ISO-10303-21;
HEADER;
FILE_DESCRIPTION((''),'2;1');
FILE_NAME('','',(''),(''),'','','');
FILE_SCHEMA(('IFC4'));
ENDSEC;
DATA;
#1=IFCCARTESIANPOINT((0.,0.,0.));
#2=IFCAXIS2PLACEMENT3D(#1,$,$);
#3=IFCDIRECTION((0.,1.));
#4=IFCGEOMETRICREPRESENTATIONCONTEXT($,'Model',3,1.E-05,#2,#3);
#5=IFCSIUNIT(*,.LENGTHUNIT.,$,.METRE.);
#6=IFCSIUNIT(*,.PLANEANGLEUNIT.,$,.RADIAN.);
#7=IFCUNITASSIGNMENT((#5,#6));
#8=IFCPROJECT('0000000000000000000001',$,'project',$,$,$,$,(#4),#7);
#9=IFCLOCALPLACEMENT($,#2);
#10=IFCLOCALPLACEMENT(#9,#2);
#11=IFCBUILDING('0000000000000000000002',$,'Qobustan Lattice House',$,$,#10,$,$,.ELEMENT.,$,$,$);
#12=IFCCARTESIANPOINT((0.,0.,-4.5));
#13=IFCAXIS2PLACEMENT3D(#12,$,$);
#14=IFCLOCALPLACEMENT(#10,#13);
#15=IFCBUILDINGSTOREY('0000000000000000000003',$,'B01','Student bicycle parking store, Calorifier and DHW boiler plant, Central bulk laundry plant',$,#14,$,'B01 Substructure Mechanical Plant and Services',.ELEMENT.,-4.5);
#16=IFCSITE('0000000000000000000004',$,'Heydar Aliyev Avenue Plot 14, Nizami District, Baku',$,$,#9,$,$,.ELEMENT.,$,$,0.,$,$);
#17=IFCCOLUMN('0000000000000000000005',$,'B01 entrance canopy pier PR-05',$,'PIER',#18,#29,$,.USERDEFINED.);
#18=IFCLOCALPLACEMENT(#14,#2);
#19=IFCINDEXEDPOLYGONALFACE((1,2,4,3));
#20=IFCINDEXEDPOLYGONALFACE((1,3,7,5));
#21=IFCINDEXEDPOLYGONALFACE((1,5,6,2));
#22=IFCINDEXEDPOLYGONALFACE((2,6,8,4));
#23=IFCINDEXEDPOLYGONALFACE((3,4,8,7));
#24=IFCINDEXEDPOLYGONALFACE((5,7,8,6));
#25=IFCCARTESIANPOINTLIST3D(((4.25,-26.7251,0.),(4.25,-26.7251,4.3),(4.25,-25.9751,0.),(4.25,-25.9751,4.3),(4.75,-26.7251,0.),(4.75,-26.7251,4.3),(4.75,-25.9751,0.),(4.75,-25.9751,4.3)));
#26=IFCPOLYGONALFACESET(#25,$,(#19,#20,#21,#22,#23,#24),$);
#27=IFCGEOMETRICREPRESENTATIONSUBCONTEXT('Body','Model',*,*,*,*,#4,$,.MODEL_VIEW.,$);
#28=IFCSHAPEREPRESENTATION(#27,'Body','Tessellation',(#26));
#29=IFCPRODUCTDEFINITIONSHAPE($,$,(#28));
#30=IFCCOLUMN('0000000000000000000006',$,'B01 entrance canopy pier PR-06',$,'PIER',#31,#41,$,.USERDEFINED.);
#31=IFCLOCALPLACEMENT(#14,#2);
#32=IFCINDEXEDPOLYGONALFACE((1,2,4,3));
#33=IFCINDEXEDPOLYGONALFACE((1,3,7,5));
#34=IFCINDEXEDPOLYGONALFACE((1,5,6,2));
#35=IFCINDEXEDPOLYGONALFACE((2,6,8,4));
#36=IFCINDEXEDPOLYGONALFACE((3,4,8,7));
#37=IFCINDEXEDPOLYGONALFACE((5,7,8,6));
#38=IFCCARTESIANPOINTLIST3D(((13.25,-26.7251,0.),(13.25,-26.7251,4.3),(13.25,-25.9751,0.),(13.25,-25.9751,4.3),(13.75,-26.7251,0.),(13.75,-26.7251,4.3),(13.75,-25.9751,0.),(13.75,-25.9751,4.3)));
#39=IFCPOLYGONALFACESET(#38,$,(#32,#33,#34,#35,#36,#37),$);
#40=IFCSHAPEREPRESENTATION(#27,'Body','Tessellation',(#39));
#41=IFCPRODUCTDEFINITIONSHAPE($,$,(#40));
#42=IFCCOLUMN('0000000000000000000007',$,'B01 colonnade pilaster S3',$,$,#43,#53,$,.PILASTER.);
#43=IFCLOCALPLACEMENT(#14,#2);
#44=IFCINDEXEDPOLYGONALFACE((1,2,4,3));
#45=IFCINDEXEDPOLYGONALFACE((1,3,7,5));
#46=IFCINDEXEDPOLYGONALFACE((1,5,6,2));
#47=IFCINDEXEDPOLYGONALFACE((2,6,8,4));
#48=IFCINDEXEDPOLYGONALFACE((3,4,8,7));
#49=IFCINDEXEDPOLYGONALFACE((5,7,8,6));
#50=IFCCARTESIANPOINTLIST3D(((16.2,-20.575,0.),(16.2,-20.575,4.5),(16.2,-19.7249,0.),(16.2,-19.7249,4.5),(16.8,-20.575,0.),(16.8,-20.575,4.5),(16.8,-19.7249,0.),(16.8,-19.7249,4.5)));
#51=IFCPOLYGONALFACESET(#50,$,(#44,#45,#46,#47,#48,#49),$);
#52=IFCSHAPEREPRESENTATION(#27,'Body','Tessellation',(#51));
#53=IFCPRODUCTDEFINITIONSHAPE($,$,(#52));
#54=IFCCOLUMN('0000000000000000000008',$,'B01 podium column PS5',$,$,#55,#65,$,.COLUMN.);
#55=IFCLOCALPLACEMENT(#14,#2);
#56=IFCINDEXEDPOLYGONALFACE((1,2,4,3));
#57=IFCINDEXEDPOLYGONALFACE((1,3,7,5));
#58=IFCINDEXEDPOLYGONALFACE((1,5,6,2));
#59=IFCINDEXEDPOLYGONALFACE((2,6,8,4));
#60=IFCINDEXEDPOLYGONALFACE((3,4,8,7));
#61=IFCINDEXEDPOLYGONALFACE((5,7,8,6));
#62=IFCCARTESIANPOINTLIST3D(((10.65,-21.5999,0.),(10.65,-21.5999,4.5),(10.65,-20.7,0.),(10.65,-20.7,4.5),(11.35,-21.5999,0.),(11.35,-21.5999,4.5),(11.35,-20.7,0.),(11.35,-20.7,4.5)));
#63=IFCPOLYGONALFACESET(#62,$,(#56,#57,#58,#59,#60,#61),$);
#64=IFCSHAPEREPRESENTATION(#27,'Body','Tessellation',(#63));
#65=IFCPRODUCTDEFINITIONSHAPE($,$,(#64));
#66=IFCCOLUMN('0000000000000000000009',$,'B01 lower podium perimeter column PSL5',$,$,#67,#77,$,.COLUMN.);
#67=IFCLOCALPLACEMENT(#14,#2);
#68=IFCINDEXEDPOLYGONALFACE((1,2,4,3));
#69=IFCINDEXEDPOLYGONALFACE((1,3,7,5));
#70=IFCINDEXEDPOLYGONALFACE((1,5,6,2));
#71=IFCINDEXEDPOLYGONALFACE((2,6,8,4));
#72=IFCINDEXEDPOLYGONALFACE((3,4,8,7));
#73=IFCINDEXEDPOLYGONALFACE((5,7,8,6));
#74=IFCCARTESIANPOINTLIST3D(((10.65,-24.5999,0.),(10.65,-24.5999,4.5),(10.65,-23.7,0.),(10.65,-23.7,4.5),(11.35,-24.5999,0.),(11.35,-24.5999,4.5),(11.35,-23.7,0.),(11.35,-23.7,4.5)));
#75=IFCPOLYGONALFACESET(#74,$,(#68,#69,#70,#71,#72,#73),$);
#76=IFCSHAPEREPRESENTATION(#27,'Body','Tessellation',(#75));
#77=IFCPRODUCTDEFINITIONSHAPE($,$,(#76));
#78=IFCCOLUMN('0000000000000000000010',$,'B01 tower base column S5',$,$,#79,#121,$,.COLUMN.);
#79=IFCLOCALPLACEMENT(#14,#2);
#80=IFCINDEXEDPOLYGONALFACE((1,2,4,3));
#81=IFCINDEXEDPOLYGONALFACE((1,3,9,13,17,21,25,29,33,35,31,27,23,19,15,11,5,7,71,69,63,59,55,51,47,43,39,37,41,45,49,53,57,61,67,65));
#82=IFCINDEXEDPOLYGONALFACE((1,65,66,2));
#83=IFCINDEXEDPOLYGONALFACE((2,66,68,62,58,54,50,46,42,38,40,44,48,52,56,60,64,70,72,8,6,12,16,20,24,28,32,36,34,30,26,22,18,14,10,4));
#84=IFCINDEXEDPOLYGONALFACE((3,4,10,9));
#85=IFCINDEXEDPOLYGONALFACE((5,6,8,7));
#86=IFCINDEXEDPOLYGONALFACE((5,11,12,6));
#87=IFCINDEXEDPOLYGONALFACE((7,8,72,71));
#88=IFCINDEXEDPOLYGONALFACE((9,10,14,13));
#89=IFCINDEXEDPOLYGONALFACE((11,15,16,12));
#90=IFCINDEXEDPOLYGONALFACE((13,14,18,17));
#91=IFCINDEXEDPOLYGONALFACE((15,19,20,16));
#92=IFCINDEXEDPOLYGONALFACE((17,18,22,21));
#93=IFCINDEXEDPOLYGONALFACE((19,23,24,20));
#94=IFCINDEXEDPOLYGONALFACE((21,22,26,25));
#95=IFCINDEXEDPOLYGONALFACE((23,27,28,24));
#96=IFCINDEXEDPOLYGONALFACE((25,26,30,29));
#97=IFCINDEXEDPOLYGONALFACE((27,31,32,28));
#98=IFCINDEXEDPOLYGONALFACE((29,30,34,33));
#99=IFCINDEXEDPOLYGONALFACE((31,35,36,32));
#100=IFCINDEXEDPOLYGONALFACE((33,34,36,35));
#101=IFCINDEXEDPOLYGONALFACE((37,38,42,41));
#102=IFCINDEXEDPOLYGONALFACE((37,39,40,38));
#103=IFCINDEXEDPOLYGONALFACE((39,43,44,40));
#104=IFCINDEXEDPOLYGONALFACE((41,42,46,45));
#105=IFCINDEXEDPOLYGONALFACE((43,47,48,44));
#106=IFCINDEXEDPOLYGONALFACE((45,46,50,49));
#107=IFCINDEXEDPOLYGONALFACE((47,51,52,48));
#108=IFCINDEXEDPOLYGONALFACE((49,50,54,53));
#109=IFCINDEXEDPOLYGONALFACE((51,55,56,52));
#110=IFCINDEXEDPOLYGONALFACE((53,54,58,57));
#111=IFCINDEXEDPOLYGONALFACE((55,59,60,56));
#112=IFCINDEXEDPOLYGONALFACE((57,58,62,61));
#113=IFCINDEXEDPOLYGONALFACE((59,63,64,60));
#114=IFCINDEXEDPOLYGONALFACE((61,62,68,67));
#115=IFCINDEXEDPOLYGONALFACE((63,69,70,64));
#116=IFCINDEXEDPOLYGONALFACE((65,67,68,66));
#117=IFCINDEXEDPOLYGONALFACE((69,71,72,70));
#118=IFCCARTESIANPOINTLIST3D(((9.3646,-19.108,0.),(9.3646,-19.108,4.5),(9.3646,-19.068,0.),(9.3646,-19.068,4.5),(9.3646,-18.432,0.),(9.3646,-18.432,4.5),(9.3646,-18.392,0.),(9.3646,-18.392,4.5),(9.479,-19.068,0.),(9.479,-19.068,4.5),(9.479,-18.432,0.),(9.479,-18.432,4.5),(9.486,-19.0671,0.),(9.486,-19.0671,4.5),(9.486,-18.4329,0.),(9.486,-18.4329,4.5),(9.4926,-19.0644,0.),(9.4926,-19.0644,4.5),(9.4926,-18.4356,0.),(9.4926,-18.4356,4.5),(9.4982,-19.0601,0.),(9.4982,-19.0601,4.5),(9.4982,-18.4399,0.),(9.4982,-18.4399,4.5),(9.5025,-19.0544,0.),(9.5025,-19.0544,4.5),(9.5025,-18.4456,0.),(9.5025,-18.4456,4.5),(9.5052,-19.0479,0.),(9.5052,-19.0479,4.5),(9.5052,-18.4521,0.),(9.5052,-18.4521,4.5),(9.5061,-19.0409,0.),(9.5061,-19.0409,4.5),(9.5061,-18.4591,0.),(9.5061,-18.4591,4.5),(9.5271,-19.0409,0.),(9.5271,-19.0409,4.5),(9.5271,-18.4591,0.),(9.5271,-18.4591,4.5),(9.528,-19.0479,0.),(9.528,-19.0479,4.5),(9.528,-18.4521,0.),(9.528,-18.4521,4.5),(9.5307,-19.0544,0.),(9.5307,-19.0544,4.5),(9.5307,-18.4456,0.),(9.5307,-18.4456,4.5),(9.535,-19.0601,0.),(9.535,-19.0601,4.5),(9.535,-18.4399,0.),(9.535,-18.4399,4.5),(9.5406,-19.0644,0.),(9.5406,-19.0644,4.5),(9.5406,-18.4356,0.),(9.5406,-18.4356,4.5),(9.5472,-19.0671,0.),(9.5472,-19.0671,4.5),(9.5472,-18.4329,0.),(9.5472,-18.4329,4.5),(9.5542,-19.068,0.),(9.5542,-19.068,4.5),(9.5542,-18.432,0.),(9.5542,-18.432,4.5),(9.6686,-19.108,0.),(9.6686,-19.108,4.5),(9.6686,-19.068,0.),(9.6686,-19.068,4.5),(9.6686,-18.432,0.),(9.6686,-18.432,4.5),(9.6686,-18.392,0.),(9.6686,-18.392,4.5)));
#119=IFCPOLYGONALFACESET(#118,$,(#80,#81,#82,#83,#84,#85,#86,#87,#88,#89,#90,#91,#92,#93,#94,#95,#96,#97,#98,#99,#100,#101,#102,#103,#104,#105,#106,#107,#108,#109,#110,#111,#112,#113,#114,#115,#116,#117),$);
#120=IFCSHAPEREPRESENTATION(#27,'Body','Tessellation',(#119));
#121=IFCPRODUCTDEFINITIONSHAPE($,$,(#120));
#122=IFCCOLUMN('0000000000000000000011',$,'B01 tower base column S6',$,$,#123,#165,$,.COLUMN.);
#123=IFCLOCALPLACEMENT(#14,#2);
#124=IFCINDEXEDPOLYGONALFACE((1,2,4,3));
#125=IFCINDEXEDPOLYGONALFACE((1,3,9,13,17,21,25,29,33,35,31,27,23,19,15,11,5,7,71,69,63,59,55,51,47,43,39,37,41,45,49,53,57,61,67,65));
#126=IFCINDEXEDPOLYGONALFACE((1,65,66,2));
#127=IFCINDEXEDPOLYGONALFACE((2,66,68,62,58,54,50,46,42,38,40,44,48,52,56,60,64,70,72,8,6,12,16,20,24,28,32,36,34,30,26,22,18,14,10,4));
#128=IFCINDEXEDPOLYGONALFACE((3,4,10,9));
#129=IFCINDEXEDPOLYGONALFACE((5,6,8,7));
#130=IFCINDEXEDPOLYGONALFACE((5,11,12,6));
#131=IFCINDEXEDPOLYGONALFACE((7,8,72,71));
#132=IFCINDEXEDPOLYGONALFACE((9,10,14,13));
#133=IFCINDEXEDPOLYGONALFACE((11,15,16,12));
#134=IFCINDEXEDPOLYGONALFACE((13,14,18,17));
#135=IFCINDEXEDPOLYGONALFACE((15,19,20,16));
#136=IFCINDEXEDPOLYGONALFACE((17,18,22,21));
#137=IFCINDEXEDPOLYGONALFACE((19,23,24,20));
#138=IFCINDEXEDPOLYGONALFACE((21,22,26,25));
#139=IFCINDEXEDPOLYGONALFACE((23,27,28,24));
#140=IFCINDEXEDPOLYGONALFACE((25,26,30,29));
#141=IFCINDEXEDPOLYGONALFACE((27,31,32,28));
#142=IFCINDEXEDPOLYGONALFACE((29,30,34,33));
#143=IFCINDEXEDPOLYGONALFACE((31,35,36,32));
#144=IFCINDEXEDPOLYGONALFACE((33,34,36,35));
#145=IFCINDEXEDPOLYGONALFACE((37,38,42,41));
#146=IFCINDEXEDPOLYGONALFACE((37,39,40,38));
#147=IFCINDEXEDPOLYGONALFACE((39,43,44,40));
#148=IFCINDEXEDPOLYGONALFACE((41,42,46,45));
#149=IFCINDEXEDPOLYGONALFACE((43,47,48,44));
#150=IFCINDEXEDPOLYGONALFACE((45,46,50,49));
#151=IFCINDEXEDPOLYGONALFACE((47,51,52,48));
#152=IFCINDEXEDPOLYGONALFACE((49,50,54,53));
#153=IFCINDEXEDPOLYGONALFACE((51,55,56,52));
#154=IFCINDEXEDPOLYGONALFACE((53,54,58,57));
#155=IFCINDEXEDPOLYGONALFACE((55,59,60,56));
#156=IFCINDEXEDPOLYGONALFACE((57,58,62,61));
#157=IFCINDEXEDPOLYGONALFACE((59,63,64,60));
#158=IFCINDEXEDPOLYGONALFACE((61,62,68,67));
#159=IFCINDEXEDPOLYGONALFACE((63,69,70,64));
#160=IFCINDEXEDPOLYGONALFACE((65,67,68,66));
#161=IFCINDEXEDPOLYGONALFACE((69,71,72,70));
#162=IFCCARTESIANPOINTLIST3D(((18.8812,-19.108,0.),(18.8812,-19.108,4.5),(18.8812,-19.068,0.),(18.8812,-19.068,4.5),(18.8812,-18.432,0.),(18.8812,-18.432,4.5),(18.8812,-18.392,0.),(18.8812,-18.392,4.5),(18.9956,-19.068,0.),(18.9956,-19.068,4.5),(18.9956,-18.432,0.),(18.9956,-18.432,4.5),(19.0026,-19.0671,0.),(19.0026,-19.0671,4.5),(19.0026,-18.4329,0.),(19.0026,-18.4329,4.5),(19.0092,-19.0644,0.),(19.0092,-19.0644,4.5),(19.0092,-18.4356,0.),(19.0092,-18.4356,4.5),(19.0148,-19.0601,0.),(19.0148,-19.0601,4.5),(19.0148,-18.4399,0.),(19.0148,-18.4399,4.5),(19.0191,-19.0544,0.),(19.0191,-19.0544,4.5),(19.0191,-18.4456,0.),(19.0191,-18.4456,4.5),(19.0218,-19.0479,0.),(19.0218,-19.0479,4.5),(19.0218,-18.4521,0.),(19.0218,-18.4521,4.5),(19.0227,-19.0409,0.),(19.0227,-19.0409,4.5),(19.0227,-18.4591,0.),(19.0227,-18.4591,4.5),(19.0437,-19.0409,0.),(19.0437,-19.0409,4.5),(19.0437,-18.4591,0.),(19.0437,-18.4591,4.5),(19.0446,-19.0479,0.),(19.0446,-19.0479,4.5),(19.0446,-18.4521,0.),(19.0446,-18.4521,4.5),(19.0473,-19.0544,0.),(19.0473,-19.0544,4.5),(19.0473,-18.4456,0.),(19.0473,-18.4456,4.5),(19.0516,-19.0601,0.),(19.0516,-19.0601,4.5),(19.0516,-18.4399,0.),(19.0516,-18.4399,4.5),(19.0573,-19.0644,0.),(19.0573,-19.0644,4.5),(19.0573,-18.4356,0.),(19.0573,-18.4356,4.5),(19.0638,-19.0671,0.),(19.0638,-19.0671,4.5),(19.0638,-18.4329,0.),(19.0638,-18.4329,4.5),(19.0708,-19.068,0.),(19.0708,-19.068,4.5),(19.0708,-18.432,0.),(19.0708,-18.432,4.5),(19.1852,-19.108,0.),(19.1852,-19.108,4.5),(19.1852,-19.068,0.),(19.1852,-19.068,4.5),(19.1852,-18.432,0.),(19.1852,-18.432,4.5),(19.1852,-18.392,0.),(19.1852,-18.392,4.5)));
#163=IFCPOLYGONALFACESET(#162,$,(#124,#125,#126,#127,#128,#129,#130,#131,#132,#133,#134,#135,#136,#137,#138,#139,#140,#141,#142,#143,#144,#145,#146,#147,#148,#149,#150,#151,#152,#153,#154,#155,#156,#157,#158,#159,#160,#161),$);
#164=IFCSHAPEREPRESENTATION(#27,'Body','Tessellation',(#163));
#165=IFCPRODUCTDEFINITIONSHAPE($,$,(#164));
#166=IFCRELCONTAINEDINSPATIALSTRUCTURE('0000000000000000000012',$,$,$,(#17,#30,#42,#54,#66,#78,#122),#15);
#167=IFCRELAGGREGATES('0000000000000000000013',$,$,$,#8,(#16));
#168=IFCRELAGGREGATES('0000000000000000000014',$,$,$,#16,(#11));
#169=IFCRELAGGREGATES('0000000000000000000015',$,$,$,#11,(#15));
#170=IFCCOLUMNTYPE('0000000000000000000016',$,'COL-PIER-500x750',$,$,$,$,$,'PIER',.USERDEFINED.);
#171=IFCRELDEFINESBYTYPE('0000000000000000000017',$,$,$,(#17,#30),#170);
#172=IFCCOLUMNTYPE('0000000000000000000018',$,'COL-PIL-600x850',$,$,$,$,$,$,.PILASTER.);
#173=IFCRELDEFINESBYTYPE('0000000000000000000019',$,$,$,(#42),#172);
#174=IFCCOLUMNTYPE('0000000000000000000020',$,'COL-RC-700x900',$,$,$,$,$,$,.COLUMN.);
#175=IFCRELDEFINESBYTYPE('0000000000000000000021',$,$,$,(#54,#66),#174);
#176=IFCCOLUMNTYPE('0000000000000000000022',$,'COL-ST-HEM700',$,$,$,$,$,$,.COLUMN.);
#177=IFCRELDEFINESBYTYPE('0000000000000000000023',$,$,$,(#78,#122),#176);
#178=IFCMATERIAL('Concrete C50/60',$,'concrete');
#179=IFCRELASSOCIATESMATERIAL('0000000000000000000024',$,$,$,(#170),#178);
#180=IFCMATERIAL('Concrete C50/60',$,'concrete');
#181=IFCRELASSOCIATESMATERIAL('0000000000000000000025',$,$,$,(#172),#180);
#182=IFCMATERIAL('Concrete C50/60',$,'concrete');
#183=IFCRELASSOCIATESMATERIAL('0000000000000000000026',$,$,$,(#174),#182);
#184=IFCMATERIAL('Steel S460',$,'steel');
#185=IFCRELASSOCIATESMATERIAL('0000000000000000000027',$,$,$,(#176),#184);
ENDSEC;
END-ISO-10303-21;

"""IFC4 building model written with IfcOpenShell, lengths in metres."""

from ifc_helpers import new_model, si_unit, direction, frame, origin, origin_2d, place, context, subcontext, project, spatial, rectangle, i_section, extrude, material, material_profile, profile_set, type_object, element, save


model = new_model("IFC4")

# Units and contexts
model_context = context("Model", 3, precision=1e-05, world=origin(), true_north=direction((0.0, 1.0)))
body_context = subcontext(model_context, "Body", "Model", "MODEL_VIEW")
ifc_project = project(units=[si_unit("LENGTHUNIT", "METRE"), si_unit("PLANEANGLEUNIT", "RADIAN")], contexts=[model_context])

# Site, building, storey
site_placement = place(None, origin())
site = spatial("IfcSite", under=ifc_project, at=site_placement, Name="Heydar Aliyev Avenue Plot 14, Nizami District, Baku", CompositionType="ELEMENT", RefElevation=0.0)
building_placement = place(site_placement, origin())
building = spatial("IfcBuilding", under=site, at=building_placement, Name="Qobustan Lattice House", CompositionType="ELEMENT")
storey_placement = place(building_placement, frame((0.0, 0.0, -4.5)))
storey = spatial("IfcBuildingStorey", under=building, at=storey_placement, Name="B01", Description="Student bicycle parking store, Calorifier and DHW boiler plant, Central bulk laundry plant", LongName="B01 Substructure Mechanical Plant and Services", CompositionType="ELEMENT", Elevation=-4.5)

# Columns
ifc_material_1 = material(Name="Concrete C50/60", Category="concrete")
ifc_material_profile_1 = material_profile(ifc_material_1, rectangle(XDim=0.5, YDim=0.75, at=origin_2d()), Name="RC500x750")
ifc_profile_set_1 = profile_set([ifc_material_profile_1], Name="Concrete C50/60")
column_type_1 = type_object("IfcColumnType", Name="COL-PIER-500x750", ElementType="PIER", PredefinedType="USERDEFINED", material=ifc_profile_set_1)
for number, where, z_axis, x_axis, name in (
    (1, (4.5, -26.3501, 0.0), (0.0, 0.0, 1.0), (1.0, 0.0, 0.0), "B01 entrance canopy pier PR-05"),
    (2, (13.5, -26.3501, 0.0), (0.0, 0.0, 1.0), (1.0, 0.0, 0.0), "B01 entrance canopy pier PR-06"),
):
    element("IfcColumn", number, at=place(storey_placement, frame(where, z_axis=z_axis, x_axis=x_axis)), inside=storey, type_object=column_type_1, Name=name, ObjectType="PIER", PredefinedType="USERDEFINED", context=body_context, shape_type="SweptSolid", body=[
        extrude(rectangle(XDim=0.5, YDim=0.75, at=origin_2d()), origin(), (0.0, 0.0, 1.0), 4.3),
    ])
ifc_material_2 = material(Name="Concrete C50/60", Category="concrete")
ifc_material_profile_2 = material_profile(ifc_material_2, rectangle(XDim=0.6001, YDim=0.8501, at=origin_2d()), Name="RC600x850")
ifc_profile_set_2 = profile_set([ifc_material_profile_2], Name="Concrete C50/60")
column_type_2 = type_object("IfcColumnType", Name="COL-PIL-600x850", PredefinedType="PILASTER", material=ifc_profile_set_2)
column_placement = place(storey_placement, frame((16.5, -20.1499, 0.0), z_axis=(0.0, 0.0, 1.0), x_axis=(1.0, 0.0, 0.0)))
element("IfcColumn", 3, at=column_placement, inside=storey, type_object=column_type_2, Name="B01 colonnade pilaster S3", PredefinedType="PILASTER", context=body_context, shape_type="SweptSolid", body=[
    extrude(rectangle(XDim=0.6001, YDim=0.8501, at=origin_2d()), origin(), (0.0, 0.0, 1.0), 4.5),
])
ifc_material_3 = material(Name="Concrete C50/60", Category="concrete")
ifc_material_profile_3 = material_profile(ifc_material_3, rectangle(XDim=0.7, YDim=0.8999, at=origin_2d()), Name="RC700x900")
ifc_profile_set_3 = profile_set([ifc_material_profile_3], Name="Concrete C50/60")
column_type_3 = type_object("IfcColumnType", Name="COL-RC-700x900", PredefinedType="COLUMN", material=ifc_profile_set_3)
for number, where, z_axis, x_axis, name in (
    (4, (11.0, -21.1499, 0.0), (0.0, 0.0, 1.0), (1.0, 0.0, 0.0), "B01 podium column PS5"),
    (5, (11.0, -24.1499, 0.0), (0.0, 0.0, 1.0), (1.0, 0.0, 0.0), "B01 lower podium perimeter column PSL5"),
):
    element("IfcColumn", number, at=place(storey_placement, frame(where, z_axis=z_axis, x_axis=x_axis)), inside=storey, type_object=column_type_3, Name=name, PredefinedType="COLUMN", context=body_context, shape_type="SweptSolid", body=[
        extrude(rectangle(XDim=0.7, YDim=0.8999, at=origin_2d()), origin(), (0.0, 0.0, 1.0), 4.5),
    ])
ifc_material_4 = material(Name="Steel S460", Category="steel")
ifc_material_profile_4 = material_profile(ifc_material_4, i_section(OverallWidth=0.304, OverallDepth=0.7161, WebThickness=0.021, FlangeThickness=0.04, FilletRadius=0.0271, at=origin_2d()), Name="HEM700")
ifc_profile_set_4 = profile_set([ifc_material_profile_4], Name="Steel S460")
column_type_4 = type_object("IfcColumnType", Name="COL-ST-HEM700", PredefinedType="COLUMN", material=ifc_profile_set_4)
for number, where, z_axis, x_axis, name in (
    (6, (9.5166, -18.75, 0.0), (0.0, 0.0, 1.0), (1.0, 0.0, 0.0), "B01 tower base column S5"),
    (7, (19.0332, -18.75, 0.0), (0.0, 0.0, 1.0), (1.0, 0.0, 0.0), "B01 tower base column S6"),
):
    element("IfcColumn", number, at=place(storey_placement, frame(where, z_axis=z_axis, x_axis=x_axis)), inside=storey, type_object=column_type_4, Name=name, PredefinedType="COLUMN", context=body_context, shape_type="SweptSolid", body=[
        extrude(i_section(OverallWidth=0.304, OverallDepth=0.7161, WebThickness=0.021, FlangeThickness=0.04, FilletRadius=0.0271, at=origin_2d()), origin(), (0.0, 0.0, 1.0), 4.5),
    ])

save(model, "model.ifc")
